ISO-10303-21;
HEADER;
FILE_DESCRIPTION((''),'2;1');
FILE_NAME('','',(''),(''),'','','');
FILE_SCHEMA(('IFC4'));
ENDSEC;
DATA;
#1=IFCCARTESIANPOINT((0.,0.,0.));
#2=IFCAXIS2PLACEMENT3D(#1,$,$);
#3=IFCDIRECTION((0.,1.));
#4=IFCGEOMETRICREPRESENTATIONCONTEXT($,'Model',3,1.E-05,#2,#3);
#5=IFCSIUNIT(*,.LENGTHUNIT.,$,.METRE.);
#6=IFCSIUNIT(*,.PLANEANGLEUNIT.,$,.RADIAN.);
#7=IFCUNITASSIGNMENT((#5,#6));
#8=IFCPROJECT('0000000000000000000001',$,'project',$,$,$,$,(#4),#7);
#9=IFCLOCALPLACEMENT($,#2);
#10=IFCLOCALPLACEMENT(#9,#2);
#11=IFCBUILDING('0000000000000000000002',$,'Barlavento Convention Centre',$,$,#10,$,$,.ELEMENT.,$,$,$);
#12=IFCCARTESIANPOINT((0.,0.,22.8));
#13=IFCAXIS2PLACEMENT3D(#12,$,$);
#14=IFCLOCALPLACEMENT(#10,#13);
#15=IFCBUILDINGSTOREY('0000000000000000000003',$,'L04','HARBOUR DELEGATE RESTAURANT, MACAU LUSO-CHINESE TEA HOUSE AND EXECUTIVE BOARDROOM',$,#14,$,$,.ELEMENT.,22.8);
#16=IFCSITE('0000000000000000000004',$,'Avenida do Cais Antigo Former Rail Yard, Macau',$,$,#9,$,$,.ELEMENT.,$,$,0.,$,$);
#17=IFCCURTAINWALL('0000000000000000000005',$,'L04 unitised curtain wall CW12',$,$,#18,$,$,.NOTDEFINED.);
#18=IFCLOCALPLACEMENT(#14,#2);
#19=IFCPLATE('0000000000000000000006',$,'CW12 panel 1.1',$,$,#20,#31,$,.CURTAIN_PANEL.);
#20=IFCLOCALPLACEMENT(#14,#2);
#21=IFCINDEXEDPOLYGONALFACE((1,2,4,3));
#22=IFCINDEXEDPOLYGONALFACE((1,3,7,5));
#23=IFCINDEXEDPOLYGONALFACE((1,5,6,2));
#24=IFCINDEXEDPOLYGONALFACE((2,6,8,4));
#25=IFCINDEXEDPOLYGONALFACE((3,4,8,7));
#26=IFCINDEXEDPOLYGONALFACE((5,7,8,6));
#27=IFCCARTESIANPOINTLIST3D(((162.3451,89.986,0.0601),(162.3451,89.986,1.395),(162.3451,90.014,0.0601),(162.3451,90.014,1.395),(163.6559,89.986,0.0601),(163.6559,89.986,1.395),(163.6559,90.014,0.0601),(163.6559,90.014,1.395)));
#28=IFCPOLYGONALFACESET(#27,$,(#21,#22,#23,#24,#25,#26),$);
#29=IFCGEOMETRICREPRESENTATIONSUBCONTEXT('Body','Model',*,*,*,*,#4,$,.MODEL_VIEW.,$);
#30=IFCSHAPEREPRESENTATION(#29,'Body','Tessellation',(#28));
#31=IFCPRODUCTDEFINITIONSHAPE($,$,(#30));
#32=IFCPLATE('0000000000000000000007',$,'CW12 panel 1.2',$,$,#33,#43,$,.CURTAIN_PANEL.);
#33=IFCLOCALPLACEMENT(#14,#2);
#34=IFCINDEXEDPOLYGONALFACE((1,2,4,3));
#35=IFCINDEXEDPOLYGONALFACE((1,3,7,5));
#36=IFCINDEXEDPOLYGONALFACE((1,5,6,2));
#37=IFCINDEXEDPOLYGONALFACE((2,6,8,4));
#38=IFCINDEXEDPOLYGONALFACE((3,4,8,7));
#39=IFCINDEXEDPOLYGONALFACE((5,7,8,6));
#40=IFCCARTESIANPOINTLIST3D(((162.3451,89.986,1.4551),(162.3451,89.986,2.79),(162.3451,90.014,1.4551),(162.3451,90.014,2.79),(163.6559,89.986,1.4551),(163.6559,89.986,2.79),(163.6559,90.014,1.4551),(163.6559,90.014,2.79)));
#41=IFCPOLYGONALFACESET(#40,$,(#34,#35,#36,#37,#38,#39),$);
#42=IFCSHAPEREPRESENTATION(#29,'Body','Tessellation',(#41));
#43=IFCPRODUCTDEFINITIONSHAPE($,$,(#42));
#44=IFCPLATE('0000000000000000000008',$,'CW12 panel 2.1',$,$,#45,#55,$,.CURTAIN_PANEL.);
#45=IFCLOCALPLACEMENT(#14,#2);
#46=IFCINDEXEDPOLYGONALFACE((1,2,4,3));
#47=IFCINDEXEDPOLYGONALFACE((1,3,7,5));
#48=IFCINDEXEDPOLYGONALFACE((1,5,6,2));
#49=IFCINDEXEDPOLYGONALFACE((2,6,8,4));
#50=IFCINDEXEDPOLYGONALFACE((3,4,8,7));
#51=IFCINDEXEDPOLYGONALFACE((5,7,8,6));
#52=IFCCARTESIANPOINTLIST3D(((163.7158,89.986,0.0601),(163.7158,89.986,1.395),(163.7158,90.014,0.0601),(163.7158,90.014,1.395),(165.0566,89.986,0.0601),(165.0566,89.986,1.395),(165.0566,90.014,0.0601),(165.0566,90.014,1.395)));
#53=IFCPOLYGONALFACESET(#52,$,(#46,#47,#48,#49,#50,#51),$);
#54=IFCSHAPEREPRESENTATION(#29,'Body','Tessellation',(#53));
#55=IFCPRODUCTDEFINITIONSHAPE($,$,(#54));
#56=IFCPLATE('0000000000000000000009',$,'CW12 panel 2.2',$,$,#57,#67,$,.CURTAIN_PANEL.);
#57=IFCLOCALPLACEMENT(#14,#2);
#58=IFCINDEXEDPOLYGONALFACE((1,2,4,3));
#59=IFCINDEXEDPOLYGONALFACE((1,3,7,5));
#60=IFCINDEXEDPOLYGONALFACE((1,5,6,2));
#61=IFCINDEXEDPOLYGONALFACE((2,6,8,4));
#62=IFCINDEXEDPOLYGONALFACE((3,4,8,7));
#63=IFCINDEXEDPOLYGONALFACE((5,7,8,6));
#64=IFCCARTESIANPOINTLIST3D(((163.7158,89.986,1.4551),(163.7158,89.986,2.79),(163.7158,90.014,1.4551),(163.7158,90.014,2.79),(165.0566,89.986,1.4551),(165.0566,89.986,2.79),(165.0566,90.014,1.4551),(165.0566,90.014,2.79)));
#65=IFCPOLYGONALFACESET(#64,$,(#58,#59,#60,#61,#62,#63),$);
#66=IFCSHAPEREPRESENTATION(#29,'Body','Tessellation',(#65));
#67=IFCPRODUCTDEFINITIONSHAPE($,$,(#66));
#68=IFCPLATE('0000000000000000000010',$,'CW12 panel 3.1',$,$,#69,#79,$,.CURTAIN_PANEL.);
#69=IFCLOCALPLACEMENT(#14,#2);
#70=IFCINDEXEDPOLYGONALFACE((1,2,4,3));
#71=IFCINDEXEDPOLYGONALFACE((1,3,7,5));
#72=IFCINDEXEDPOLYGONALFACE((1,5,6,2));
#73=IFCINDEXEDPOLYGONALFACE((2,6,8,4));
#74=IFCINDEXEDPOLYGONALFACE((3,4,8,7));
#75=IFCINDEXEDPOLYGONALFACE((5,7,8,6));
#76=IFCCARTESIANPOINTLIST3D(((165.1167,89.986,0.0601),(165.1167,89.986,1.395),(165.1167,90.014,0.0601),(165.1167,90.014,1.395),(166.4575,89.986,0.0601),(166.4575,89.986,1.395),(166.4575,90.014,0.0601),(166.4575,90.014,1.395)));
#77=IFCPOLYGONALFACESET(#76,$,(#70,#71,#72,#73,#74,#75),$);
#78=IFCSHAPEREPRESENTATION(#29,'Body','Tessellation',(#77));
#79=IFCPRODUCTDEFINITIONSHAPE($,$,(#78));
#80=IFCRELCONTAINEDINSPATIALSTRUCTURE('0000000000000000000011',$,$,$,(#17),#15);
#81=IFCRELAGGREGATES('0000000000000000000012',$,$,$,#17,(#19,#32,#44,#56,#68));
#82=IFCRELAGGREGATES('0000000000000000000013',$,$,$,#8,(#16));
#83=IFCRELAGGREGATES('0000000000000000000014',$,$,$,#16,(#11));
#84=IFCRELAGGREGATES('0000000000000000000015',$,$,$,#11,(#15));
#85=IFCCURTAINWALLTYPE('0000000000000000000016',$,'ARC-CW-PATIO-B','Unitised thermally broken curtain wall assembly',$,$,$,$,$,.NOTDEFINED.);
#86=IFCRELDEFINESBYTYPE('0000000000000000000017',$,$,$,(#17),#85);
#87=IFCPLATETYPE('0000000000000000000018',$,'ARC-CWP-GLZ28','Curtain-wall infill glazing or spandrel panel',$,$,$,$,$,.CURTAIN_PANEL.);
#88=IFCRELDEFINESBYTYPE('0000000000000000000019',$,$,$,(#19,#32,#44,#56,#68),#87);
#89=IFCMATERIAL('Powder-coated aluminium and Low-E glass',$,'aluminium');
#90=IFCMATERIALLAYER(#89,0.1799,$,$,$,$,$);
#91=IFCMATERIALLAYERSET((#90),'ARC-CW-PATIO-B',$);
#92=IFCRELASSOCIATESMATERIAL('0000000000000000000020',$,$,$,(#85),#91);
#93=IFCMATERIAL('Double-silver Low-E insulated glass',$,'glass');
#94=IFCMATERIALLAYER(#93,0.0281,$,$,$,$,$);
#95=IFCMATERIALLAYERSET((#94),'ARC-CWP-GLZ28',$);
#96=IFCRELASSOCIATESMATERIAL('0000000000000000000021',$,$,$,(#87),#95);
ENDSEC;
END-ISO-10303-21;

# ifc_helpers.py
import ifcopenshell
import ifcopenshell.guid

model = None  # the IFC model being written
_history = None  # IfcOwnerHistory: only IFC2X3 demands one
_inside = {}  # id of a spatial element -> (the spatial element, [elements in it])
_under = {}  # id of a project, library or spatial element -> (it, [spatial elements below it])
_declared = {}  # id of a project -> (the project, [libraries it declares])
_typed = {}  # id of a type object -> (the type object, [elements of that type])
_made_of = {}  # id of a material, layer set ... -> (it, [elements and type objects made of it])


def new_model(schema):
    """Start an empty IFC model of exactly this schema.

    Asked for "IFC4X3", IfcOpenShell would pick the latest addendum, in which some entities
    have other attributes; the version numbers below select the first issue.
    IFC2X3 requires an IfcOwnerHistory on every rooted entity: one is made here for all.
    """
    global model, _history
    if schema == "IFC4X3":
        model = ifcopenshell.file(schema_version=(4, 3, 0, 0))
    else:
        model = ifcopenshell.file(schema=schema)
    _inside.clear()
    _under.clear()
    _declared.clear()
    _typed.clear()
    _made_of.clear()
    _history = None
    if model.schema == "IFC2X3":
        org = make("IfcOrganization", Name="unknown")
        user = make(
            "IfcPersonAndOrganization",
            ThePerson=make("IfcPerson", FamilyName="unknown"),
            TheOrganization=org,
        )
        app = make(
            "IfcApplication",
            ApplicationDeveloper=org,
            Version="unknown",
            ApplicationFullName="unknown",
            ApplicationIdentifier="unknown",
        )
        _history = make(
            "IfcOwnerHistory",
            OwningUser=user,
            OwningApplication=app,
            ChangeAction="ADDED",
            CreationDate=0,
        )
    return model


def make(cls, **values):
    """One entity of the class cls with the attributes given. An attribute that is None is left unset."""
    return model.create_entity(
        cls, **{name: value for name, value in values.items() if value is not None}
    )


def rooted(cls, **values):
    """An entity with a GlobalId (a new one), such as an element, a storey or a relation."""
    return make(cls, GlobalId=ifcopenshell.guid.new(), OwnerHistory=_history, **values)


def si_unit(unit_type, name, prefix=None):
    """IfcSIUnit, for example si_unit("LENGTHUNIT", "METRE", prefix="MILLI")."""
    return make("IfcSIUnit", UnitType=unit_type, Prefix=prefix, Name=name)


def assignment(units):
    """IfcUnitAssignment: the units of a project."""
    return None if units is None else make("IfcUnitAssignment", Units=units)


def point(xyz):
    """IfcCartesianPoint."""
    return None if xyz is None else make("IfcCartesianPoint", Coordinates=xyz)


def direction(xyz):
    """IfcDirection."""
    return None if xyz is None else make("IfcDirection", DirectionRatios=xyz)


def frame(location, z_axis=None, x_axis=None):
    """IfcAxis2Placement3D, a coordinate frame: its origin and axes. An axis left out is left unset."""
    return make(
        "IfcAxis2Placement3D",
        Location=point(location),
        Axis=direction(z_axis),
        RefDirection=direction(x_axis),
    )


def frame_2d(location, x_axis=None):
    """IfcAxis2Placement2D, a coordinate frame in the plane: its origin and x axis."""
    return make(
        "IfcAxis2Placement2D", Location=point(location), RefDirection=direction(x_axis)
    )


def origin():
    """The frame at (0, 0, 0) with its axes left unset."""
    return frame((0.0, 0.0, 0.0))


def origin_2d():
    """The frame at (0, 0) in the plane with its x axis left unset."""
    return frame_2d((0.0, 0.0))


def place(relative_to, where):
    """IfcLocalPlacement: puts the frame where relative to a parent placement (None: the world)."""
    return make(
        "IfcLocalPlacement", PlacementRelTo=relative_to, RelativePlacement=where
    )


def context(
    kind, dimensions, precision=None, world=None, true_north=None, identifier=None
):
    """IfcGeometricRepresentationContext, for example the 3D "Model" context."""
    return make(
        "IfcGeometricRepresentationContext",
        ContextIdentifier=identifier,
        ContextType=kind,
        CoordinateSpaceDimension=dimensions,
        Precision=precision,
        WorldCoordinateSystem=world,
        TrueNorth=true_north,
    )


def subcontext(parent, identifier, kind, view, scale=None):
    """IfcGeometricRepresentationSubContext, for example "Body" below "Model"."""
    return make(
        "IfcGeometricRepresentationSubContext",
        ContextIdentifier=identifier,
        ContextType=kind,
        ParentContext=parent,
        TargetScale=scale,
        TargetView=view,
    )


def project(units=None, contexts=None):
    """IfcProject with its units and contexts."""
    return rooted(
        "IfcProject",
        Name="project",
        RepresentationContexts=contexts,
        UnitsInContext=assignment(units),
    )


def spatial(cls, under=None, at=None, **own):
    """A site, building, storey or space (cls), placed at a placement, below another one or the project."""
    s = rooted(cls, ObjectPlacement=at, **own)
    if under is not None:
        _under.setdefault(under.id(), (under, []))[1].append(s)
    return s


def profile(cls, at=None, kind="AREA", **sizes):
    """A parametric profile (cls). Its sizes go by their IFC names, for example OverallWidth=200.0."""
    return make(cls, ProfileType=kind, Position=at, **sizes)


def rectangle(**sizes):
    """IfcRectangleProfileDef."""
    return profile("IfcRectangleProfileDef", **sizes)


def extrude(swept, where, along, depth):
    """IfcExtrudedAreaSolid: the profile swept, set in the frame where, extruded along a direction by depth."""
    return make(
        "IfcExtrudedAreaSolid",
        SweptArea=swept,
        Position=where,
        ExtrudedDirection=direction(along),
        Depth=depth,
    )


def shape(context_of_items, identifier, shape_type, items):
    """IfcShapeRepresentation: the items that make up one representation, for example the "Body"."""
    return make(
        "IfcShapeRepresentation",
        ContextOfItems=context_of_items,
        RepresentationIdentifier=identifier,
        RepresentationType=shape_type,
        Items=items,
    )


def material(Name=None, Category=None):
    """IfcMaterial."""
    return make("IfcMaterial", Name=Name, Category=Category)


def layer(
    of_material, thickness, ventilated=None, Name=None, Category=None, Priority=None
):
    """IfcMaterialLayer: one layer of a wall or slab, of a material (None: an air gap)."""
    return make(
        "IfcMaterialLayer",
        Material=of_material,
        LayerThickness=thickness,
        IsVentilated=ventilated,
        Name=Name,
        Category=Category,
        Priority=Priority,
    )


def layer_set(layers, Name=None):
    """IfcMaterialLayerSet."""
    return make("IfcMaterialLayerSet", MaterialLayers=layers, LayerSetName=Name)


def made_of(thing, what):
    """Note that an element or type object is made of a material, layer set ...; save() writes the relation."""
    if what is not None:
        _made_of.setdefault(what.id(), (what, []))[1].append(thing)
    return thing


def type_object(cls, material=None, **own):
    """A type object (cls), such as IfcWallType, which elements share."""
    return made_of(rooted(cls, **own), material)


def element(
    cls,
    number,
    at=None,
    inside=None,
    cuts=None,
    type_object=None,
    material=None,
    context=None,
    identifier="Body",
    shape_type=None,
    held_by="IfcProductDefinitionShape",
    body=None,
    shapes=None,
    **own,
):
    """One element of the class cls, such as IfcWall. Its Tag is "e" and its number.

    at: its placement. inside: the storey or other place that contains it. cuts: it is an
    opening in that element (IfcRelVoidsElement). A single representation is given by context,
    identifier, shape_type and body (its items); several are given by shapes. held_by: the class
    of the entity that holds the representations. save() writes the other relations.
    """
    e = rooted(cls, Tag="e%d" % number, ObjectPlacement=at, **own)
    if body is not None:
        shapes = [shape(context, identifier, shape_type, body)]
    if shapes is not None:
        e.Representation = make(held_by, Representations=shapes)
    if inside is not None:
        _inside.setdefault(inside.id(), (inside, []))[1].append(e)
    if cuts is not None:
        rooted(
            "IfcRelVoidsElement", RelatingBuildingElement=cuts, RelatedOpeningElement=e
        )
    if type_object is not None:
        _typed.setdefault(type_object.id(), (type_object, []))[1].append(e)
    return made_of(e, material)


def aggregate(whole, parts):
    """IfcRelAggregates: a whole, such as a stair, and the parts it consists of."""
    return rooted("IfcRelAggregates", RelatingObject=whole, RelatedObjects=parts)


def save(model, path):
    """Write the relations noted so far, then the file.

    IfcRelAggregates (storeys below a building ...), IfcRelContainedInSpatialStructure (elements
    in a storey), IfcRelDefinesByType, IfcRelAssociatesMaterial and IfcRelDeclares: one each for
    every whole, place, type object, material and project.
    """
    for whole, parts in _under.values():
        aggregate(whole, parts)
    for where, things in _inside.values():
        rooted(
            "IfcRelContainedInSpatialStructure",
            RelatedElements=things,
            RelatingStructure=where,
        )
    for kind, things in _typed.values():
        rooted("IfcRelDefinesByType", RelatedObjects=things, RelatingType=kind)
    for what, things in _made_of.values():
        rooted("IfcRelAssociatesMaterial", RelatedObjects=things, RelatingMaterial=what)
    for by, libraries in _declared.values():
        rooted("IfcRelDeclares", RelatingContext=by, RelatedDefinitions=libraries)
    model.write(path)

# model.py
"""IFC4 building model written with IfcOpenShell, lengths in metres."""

from ifc_helpers import new_model, si_unit, direction, frame, origin, origin_2d, place, context, subcontext, project, spatial, rectangle, extrude, material, layer, layer_set, type_object, element, aggregate, save


model = new_model("IFC4")

# Units and contexts
model_context = context("Model", 3, precision=1e-05, world=origin(), true_north=direction((0.0, 1.0)))
body_context = subcontext(model_context, "Body", "Model", "MODEL_VIEW")
ifc_project = project(units=[si_unit("LENGTHUNIT", "METRE"), si_unit("PLANEANGLEUNIT", "RADIAN")], contexts=[model_context])

# Site, building, storey
site_placement = place(None, origin())
site = spatial("IfcSite", under=ifc_project, at=site_placement, Name="Avenida do Cais Antigo Former Rail Yard, Macau", CompositionType="ELEMENT", RefElevation=0.0)
building_placement = place(site_placement, origin())
building = spatial("IfcBuilding", under=site, at=building_placement, Name="Barlavento Convention Centre", CompositionType="ELEMENT")
storey_placement = place(building_placement, frame((0.0, 0.0, 22.8)))
storey = spatial("IfcBuildingStorey", under=building, at=storey_placement, Name="L04", Description="HARBOUR DELEGATE RESTAURANT, MACAU LUSO-CHINESE TEA HOUSE AND EXECUTIVE BOARDROOM", CompositionType="ELEMENT", Elevation=22.8)

# Curtain wall
ifc_material_1 = material(Name="Powder-coated aluminium and Low-E glass", Category="aluminium")
ifc_layer_1 = layer(ifc_material_1, 0.1799)
ifc_layer_set_1 = layer_set([ifc_layer_1], Name="ARC-CW-PATIO-B")
curtain_wall_type = type_object("IfcCurtainWallType", Name="ARC-CW-PATIO-B", Description="Unitised thermally broken curtain wall assembly", PredefinedType="NOTDEFINED", material=ifc_layer_set_1)
curtain_wall_placement = place(storey_placement, origin())
curtain_wall = element("IfcCurtainWall", 1, at=curtain_wall_placement, inside=storey, type_object=curtain_wall_type, Name="L04 unitised curtain wall CW12", PredefinedType="NOTDEFINED")

# Plates
ifc_material_2 = material(Name="Double-silver Low-E insulated glass", Category="glass")
ifc_layer_2 = layer(ifc_material_2, 0.0281)
ifc_layer_set_2 = layer_set([ifc_layer_2], Name="ARC-CWP-GLZ28")
plate_type = type_object("IfcPlateType", Name="ARC-CWP-GLZ28", Description="Curtain-wall infill glazing or spandrel panel", PredefinedType="CURTAIN_PANEL", material=ifc_layer_set_2)
plate_1_placement = place(storey_placement, frame((163.0005, 90.0, 0.0601), z_axis=(0.0, 0.0, 1.0), x_axis=(1.0, 0.0, 0.0)))
plate_1 = element("IfcPlate", 2, at=plate_1_placement, type_object=plate_type, Name="CW12 panel 1.1", PredefinedType="CURTAIN_PANEL", context=body_context, shape_type="SweptSolid", body=[
    extrude(rectangle(XDim=1.3108, YDim=0.0281, at=origin_2d()), origin(), (0.0, 0.0, 1.0), 1.335),
])
plate_2_placement = place(storey_placement, frame((163.0005, 90.0, 1.4551), z_axis=(0.0, 0.0, 1.0), x_axis=(1.0, 0.0, 0.0)))
plate_2 = element("IfcPlate", 3, at=plate_2_placement, type_object=plate_type, Name="CW12 panel 1.2", PredefinedType="CURTAIN_PANEL", context=body_context, shape_type="SweptSolid", body=[
    extrude(rectangle(XDim=1.3108, YDim=0.0281, at=origin_2d()), origin(), (0.0, 0.0, 1.0), 1.335),
])
plate_3_placement = place(storey_placement, frame((164.3862, 90.0, 0.0601), z_axis=(0.0, 0.0, 1.0), x_axis=(1.0, 0.0, 0.0)))
plate_3 = element("IfcPlate", 4, at=plate_3_placement, type_object=plate_type, Name="CW12 panel 2.1", PredefinedType="CURTAIN_PANEL", context=body_context, shape_type="SweptSolid", body=[
    extrude(rectangle(XDim=1.3408, YDim=0.0281, at=origin_2d()), origin(), (0.0, 0.0, 1.0), 1.335),
])
plate_4_placement = place(storey_placement, frame((164.3862, 90.0, 1.4551), z_axis=(0.0, 0.0, 1.0), x_axis=(1.0, 0.0, 0.0)))
plate_4 = element("IfcPlate", 5, at=plate_4_placement, type_object=plate_type, Name="CW12 panel 2.2", PredefinedType="CURTAIN_PANEL", context=body_context, shape_type="SweptSolid", body=[
    extrude(rectangle(XDim=1.3408, YDim=0.0281, at=origin_2d()), origin(), (0.0, 0.0, 1.0), 1.335),
])
plate_5_placement = place(storey_placement, frame((165.7871, 90.0, 0.0601), z_axis=(0.0, 0.0, 1.0), x_axis=(1.0, 0.0, 0.0)))
plate_5 = element("IfcPlate", 6, at=plate_5_placement, type_object=plate_type, Name="CW12 panel 3.1", PredefinedType="CURTAIN_PANEL", context=body_context, shape_type="SweptSolid", body=[
    extrude(rectangle(XDim=1.3408, YDim=0.0281, at=origin_2d()), origin(), (0.0, 0.0, 1.0), 1.335),
])
aggregate(curtain_wall, [plate_1, plate_2, plate_3, plate_4, plate_5])

save(model, "model.ifc")
